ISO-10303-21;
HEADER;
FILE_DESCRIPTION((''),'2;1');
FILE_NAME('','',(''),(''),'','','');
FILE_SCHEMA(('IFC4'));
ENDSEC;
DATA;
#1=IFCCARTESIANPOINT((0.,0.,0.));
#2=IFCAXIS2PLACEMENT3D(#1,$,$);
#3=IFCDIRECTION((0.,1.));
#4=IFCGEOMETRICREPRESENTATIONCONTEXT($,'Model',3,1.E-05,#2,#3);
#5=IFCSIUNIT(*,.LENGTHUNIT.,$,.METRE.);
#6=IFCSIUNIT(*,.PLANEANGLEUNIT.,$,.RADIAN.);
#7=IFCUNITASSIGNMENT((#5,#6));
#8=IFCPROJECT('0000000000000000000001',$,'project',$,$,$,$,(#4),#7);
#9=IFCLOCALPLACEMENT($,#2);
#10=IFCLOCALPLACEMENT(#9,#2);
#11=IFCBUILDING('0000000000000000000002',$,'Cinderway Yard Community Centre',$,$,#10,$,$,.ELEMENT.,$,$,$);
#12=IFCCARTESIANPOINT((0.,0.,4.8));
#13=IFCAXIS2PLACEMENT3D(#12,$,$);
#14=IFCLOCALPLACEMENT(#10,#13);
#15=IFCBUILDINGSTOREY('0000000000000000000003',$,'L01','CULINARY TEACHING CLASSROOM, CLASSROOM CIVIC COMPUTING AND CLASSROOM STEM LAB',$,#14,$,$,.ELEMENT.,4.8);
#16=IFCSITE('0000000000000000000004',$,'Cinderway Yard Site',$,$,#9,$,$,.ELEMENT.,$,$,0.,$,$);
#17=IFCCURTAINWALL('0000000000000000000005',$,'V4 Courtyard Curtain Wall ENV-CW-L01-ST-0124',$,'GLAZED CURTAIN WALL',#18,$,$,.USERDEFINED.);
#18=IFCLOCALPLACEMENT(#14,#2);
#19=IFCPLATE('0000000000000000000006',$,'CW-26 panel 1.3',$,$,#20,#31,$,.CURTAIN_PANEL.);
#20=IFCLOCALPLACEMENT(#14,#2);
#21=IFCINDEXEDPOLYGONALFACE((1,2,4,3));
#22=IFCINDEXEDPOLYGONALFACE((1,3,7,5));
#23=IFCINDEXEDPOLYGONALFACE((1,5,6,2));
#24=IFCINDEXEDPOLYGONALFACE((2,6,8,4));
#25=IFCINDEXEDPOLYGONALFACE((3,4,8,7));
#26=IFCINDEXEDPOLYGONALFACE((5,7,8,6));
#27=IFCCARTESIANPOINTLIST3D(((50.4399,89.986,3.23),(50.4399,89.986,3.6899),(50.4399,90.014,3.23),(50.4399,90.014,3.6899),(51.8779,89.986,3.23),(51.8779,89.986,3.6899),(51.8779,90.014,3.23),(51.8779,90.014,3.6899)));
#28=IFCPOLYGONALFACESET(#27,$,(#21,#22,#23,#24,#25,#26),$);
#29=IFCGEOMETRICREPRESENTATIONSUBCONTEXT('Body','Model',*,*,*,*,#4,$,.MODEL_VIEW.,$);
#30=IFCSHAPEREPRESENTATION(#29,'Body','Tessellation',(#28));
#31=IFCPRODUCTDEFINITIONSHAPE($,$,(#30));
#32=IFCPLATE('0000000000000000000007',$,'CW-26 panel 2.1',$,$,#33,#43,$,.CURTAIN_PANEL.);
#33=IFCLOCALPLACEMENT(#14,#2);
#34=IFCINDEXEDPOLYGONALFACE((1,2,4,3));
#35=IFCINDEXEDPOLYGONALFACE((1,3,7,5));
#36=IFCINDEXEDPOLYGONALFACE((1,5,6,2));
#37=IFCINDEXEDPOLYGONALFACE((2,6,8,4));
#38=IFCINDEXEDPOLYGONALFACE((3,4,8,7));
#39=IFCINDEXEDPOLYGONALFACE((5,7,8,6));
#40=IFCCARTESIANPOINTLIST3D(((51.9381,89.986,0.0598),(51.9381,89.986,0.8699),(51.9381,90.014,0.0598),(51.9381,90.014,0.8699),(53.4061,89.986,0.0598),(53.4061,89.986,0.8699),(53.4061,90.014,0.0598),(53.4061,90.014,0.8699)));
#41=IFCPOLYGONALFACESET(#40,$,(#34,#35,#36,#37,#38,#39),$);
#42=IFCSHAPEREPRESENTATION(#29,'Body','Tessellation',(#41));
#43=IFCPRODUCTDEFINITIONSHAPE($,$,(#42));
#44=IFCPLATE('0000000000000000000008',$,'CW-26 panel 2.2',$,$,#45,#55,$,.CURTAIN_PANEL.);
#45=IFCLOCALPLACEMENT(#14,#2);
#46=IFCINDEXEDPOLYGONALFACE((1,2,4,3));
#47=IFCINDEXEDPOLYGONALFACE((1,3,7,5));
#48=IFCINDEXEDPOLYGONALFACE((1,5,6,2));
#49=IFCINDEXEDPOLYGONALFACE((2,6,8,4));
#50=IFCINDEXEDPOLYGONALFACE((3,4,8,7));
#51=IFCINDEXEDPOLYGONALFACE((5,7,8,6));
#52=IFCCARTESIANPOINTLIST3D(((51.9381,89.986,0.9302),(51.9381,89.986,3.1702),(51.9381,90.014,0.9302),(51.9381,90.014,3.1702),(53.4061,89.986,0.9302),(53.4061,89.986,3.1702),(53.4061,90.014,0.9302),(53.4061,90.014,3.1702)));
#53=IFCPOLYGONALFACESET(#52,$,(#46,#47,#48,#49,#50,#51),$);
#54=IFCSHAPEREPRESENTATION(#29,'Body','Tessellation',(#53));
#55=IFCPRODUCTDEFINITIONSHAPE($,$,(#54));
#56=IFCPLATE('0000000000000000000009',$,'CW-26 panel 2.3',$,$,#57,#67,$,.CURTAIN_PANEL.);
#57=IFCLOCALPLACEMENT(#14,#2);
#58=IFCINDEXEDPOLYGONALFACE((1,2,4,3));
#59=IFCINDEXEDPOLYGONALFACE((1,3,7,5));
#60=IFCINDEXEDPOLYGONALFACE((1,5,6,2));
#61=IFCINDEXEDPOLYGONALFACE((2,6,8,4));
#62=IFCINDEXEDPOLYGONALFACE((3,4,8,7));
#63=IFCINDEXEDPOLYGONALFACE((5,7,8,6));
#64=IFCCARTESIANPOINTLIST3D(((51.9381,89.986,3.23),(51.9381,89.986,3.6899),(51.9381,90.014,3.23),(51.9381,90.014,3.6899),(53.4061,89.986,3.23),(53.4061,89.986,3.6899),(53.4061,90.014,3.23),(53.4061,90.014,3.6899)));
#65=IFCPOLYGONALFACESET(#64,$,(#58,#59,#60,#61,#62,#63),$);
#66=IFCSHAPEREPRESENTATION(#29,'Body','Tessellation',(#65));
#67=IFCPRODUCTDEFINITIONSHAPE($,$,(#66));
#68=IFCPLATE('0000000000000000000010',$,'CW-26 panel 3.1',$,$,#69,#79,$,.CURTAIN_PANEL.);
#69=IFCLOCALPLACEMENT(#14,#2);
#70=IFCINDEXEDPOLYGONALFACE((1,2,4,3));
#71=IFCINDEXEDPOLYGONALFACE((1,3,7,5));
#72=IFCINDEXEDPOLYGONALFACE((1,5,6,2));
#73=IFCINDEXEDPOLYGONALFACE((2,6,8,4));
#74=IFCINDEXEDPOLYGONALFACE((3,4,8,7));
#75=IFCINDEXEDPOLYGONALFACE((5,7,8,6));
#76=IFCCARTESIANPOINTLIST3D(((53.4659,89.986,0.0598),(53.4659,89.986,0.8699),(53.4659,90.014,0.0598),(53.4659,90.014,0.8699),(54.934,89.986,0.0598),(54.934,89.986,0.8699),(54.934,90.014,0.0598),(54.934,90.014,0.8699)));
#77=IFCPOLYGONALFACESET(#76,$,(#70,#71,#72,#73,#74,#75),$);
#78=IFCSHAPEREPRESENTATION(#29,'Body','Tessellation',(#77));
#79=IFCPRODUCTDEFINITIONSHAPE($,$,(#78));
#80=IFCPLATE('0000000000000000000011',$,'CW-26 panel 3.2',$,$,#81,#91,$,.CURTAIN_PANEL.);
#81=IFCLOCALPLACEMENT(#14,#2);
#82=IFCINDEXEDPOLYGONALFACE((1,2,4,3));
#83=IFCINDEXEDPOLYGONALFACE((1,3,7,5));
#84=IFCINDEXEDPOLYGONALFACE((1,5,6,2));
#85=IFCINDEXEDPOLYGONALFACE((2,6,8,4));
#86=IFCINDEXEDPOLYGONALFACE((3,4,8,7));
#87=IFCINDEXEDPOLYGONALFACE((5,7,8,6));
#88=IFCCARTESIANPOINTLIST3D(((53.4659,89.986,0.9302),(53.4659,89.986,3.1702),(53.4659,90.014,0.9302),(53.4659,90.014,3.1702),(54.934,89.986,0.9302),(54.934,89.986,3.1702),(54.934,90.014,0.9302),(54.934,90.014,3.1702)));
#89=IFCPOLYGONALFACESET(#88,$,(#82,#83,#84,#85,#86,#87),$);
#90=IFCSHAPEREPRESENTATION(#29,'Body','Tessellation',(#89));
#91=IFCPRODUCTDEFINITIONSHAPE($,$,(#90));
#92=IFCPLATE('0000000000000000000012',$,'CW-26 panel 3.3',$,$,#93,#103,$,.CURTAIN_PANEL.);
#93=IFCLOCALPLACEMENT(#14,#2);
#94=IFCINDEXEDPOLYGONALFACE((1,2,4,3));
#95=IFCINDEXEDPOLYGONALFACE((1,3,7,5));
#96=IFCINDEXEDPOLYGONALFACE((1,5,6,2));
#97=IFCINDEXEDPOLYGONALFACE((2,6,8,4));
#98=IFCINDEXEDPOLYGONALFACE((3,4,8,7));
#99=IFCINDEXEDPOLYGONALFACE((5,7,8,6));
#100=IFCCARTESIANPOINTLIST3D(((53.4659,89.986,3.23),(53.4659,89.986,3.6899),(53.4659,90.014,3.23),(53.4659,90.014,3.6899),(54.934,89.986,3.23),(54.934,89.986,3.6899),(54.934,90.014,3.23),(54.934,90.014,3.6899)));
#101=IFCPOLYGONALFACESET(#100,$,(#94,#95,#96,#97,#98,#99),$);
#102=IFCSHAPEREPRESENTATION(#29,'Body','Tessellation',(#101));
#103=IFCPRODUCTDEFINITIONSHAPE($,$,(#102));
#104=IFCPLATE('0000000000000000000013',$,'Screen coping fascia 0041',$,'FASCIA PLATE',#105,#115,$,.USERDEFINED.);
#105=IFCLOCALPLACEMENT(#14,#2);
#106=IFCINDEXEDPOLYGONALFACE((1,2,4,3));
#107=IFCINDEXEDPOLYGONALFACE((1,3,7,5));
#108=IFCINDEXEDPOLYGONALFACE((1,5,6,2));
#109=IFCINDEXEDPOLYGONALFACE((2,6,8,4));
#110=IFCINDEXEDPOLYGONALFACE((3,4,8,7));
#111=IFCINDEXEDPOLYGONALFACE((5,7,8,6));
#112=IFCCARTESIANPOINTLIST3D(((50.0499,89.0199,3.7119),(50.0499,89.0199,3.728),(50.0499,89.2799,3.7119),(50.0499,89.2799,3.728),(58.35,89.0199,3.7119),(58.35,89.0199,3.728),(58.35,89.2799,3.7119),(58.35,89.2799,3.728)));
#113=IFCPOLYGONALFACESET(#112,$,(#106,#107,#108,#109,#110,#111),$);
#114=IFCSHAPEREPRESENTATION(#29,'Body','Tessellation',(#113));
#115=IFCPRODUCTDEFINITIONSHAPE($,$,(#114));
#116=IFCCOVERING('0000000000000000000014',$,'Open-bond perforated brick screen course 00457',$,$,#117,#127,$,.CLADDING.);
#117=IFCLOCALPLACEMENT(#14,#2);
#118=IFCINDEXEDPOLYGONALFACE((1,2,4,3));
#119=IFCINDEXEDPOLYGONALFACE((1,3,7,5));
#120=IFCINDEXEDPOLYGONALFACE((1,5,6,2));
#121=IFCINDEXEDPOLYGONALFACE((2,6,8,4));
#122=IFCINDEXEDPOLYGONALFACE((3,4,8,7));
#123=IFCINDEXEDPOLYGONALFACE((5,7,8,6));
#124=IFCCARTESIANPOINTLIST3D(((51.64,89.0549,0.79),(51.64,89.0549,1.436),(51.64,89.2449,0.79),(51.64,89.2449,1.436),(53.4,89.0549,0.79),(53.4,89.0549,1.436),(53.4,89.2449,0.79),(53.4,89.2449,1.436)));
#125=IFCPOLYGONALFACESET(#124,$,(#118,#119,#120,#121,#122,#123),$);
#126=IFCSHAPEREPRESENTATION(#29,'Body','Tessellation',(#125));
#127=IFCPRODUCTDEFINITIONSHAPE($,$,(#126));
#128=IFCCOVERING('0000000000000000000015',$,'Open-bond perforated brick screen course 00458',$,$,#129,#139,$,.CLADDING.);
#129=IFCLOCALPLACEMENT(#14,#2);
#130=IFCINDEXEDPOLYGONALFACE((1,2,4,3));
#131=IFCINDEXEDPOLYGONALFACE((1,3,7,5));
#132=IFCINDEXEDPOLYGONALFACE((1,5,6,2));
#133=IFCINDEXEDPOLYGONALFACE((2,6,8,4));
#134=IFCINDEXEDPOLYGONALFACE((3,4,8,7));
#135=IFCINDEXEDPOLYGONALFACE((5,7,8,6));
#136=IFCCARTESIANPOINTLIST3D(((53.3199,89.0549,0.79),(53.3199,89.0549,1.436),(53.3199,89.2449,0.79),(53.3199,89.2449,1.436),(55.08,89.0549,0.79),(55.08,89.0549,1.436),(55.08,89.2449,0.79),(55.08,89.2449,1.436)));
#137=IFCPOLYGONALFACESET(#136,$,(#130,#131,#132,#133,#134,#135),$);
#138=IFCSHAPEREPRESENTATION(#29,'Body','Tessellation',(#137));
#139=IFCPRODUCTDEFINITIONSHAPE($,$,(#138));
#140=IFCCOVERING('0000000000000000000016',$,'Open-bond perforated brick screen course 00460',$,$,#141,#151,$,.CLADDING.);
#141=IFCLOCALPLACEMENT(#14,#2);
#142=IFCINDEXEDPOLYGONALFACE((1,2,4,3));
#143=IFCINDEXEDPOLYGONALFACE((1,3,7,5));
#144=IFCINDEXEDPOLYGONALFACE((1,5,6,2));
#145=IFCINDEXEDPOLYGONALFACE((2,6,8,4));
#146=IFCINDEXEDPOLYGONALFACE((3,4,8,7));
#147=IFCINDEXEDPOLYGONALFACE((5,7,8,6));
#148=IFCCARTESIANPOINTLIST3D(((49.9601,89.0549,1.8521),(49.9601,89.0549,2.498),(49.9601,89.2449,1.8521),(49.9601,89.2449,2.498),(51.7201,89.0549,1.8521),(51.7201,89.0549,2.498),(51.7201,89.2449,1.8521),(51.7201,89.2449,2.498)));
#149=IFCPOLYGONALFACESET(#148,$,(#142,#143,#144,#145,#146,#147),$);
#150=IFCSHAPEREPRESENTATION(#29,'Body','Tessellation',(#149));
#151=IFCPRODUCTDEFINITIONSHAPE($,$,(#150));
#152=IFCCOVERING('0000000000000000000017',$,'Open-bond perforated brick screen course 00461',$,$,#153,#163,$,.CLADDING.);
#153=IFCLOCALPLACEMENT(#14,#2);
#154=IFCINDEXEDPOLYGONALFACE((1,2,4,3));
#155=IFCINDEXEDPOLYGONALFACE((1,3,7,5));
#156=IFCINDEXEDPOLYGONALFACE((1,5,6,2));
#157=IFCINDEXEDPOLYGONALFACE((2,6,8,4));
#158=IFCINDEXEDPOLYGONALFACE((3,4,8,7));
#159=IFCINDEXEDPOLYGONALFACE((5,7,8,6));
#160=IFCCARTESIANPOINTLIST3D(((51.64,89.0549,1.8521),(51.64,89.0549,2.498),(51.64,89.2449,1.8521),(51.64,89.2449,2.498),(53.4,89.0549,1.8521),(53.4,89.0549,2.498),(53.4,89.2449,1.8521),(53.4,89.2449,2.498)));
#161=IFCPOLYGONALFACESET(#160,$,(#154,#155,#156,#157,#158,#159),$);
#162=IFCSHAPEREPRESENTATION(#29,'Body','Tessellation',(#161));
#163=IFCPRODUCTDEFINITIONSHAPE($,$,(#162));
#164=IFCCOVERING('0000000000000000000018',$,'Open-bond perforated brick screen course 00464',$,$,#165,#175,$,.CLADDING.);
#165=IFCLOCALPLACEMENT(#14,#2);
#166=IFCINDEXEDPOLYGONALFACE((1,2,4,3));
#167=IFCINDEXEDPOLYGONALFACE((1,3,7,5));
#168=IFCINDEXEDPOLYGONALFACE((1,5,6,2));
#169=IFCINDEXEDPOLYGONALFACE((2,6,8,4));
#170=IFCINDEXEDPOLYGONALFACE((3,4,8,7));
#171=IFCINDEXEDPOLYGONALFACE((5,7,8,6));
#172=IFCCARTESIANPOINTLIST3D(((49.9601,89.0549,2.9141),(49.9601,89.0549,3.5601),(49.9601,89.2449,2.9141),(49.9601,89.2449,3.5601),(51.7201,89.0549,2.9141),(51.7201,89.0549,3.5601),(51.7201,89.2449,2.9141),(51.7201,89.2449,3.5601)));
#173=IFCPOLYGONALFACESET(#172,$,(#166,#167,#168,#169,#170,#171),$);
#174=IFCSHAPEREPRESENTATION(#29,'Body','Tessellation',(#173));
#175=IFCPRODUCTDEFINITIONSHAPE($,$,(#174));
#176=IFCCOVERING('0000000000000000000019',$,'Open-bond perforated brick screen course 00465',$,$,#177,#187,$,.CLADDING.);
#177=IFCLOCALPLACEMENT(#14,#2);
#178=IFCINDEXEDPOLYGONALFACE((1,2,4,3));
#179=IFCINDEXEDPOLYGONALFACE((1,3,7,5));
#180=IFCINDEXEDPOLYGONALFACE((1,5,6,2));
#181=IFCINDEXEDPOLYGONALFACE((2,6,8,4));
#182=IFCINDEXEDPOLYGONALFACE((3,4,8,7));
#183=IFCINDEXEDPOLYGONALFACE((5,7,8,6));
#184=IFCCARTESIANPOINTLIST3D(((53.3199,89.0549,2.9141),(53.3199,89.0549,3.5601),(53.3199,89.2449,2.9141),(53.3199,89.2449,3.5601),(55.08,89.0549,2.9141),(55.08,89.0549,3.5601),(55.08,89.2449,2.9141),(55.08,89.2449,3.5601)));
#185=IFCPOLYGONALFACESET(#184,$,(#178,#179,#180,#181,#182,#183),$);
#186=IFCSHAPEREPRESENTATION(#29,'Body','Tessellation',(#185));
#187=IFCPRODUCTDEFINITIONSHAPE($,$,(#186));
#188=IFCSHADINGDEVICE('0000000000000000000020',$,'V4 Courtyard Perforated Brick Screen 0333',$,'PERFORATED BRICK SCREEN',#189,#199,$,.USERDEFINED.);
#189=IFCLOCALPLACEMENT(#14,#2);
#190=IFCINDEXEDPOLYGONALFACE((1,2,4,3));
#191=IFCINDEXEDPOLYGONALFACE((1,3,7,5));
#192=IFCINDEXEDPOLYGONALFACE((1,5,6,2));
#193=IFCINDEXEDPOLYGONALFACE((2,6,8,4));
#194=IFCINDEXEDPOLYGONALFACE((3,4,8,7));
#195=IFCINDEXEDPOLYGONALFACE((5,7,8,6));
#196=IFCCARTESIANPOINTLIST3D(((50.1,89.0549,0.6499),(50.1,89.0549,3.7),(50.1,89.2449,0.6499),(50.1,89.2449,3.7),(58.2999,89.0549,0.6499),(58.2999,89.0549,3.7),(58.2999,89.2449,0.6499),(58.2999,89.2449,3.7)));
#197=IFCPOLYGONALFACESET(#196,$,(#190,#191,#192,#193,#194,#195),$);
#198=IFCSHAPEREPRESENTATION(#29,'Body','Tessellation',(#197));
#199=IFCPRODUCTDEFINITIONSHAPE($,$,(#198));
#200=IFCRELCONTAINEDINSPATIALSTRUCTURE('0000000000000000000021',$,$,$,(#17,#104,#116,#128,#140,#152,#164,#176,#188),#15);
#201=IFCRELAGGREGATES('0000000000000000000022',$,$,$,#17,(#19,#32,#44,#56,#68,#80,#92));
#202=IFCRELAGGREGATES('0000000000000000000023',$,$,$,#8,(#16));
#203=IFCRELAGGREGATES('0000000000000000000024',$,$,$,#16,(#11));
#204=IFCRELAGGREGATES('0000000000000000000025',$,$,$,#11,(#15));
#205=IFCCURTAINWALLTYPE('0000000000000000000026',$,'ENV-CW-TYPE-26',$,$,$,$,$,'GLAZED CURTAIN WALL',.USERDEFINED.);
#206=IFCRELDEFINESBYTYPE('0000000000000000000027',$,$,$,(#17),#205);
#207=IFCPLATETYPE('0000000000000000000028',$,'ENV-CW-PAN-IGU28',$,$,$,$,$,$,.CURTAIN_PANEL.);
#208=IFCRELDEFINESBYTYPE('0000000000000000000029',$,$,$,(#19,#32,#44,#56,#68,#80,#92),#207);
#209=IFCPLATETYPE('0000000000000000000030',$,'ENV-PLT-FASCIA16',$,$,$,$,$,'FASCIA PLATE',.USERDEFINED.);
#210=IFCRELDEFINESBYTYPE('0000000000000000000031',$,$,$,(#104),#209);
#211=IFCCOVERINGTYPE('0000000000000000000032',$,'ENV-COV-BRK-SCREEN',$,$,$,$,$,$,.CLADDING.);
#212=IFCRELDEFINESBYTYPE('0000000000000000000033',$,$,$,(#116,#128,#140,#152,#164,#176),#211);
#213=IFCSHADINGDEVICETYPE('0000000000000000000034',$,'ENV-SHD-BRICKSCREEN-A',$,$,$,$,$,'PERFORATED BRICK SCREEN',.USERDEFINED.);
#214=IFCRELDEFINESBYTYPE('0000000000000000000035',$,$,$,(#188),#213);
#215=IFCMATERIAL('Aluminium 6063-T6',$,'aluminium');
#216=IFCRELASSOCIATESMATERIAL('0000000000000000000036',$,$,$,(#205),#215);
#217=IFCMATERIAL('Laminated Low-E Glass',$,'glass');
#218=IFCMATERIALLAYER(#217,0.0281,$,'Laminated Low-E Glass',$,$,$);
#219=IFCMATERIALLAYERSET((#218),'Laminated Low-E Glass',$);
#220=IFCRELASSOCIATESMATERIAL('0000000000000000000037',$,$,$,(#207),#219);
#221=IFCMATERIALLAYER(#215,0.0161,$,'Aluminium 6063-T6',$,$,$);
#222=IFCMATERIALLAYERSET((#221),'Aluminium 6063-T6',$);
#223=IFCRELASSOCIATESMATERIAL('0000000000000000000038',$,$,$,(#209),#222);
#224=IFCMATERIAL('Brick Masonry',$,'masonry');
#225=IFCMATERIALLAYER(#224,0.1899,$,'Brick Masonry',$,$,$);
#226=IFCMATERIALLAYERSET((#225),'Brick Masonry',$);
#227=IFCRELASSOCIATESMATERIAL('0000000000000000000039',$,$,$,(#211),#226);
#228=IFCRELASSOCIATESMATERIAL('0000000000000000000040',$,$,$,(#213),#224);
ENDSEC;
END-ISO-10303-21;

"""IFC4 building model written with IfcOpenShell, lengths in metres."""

from ifc_helpers import new_model, si_unit, direction, frame, origin, origin_2d, place, context, subcontext, project, spatial, rectangle, extrude, material, layer, layer_set, type_object, element, aggregate, save


model = new_model("IFC4")

# Units and contexts
model_context = context("Model", 3, precision=1e-05, world=origin(), true_north=direction((0.0, 1.0)))
body_context = subcontext(model_context, "Body", "Model", "MODEL_VIEW")
ifc_project = project(units=[si_unit("LENGTHUNIT", "METRE"), si_unit("PLANEANGLEUNIT", "RADIAN")], contexts=[model_context])

# Site, building, storey
site_placement = place(None, origin())
site = spatial("IfcSite", under=ifc_project, at=site_placement, Name="Cinderway Yard Site", CompositionType="ELEMENT", RefElevation=0.0)
building_placement = place(site_placement, origin())
building = spatial("IfcBuilding", under=site, at=building_placement, Name="Cinderway Yard Community Centre", CompositionType="ELEMENT")
storey_placement = place(building_placement, frame((0.0, 0.0, 4.8)))
storey = spatial("IfcBuildingStorey", under=building, at=storey_placement, Name="L01", Description="CULINARY TEACHING CLASSROOM, CLASSROOM CIVIC COMPUTING AND CLASSROOM STEM LAB", CompositionType="ELEMENT", Elevation=4.8)

# Curtain wall
ifc_material_1 = material(Name="Aluminium 6063-T6", Category="aluminium")
curtain_wall_type = type_object("IfcCurtainWallType", Name="ENV-CW-TYPE-26", ElementType="GLAZED CURTAIN WALL", PredefinedType="USERDEFINED", material=ifc_material_1)
curtain_wall_placement = place(storey_placement, origin())
curtain_wall = element("IfcCurtainWall", 1, at=curtain_wall_placement, inside=storey, type_object=curtain_wall_type, Name="V4 Courtyard Curtain Wall ENV-CW-L01-ST-0124", ObjectType="GLAZED CURTAIN WALL", PredefinedType="USERDEFINED")

# Plates
ifc_material_2 = material(Name="Laminated Low-E Glass", Category="glass")
ifc_layer_1 = layer(ifc_material_2, 0.0281, Name="Laminated Low-E Glass")
ifc_layer_set_1 = layer_set([ifc_layer_1], Name="Laminated Low-E Glass")
plate_type_1 = type_object("IfcPlateType", Name="ENV-CW-PAN-IGU28", PredefinedType="CURTAIN_PANEL", material=ifc_layer_set_1)
plate_1_placement = place(storey_placement, frame((51.1589, 90.0, 3.23), z_axis=(0.0, 0.0, 1.0), x_axis=(1.0, 0.0, 0.0)))
plate_1 = element("IfcPlate", 2, at=plate_1_placement, type_object=plate_type_1, Name="CW-26 panel 1.3", PredefinedType="CURTAIN_PANEL", context=body_context, shape_type="SweptSolid", body=[
    extrude(rectangle(XDim=1.438, YDim=0.0281, at=origin_2d()), origin(), (0.0, 0.0, 1.0), 0.46),
])
plate_2_placement = place(storey_placement, frame((52.6721, 90.0, 0.0598), z_axis=(0.0, 0.0, 1.0), x_axis=(1.0, 0.0, 0.0)))
plate_2 = element("IfcPlate", 3, at=plate_2_placement, type_object=plate_type_1, Name="CW-26 panel 2.1", PredefinedType="CURTAIN_PANEL", context=body_context, shape_type="SweptSolid", body=[
    extrude(rectangle(XDim=1.468, YDim=0.0281, at=origin_2d()), origin(), (0.0, 0.0, 1.0), 0.8101),
])
plate_3_placement = place(storey_placement, frame((52.6721, 90.0, 0.9302), z_axis=(0.0, 0.0, 1.0), x_axis=(1.0, 0.0, 0.0)))
plate_3 = element("IfcPlate", 4, at=plate_3_placement, type_object=plate_type_1, Name="CW-26 panel 2.2", PredefinedType="CURTAIN_PANEL", context=body_context, shape_type="SweptSolid", body=[
    extrude(rectangle(XDim=1.468, YDim=0.0281, at=origin_2d()), origin(), (0.0, 0.0, 1.0), 2.24),
])
plate_4_placement = place(storey_placement, frame((52.6721, 90.0, 3.23), z_axis=(0.0, 0.0, 1.0), x_axis=(1.0, 0.0, 0.0)))
plate_4 = element("IfcPlate", 5, at=plate_4_placement, type_object=plate_type_1, Name="CW-26 panel 2.3", PredefinedType="CURTAIN_PANEL", context=body_context, shape_type="SweptSolid", body=[
    extrude(rectangle(XDim=1.468, YDim=0.0281, at=origin_2d()), origin(), (0.0, 0.0, 1.0), 0.46),
])
plate_5_placement = place(storey_placement, frame((54.2, 90.0, 0.0598), z_axis=(0.0, 0.0, 1.0), x_axis=(1.0, 0.0, 0.0)))
plate_5 = element("IfcPlate", 6, at=plate_5_placement, type_object=plate_type_1, Name="CW-26 panel 3.1", PredefinedType="CURTAIN_PANEL", context=body_context, shape_type="SweptSolid", body=[
    extrude(rectangle(XDim=1.468, YDim=0.0281, at=origin_2d()), origin(), (0.0, 0.0, 1.0), 0.8101),
])
plate_6_placement = place(storey_placement, frame((54.2, 90.0, 0.9302), z_axis=(0.0, 0.0, 1.0), x_axis=(1.0, 0.0, 0.0)))
plate_6 = element("IfcPlate", 7, at=plate_6_placement, type_object=plate_type_1, Name="CW-26 panel 3.2", PredefinedType="CURTAIN_PANEL", context=body_context, shape_type="SweptSolid", body=[
    extrude(rectangle(XDim=1.468, YDim=0.0281, at=origin_2d()), origin(), (0.0, 0.0, 1.0), 2.24),
])
plate_7_placement = place(storey_placement, frame((54.2, 90.0, 3.23), z_axis=(0.0, 0.0, 1.0), x_axis=(1.0, 0.0, 0.0)))
plate_7 = element("IfcPlate", 8, at=plate_7_placement, type_object=plate_type_1, Name="CW-26 panel 3.3", PredefinedType="CURTAIN_PANEL", context=body_context, shape_type="SweptSolid", body=[
    extrude(rectangle(XDim=1.468, YDim=0.0281, at=origin_2d()), origin(), (0.0, 0.0, 1.0), 0.46),
])
aggregate(curtain_wall, [plate_1, plate_2, plate_3, plate_4, plate_5, plate_6, plate_7])
ifc_layer_2 = layer(ifc_material_1, 0.0161, Name="Aluminium 6063-T6")
ifc_layer_set_2 = layer_set([ifc_layer_2], Name="Aluminium 6063-T6")
plate_type_2 = type_object("IfcPlateType", Name="ENV-PLT-FASCIA16", ElementType="FASCIA PLATE", PredefinedType="USERDEFINED", material=ifc_layer_set_2)
plate_8_placement = place(storey_placement, frame((54.2, 89.1499, 3.7119), z_axis=(0.0, 0.0, 1.0), x_axis=(-1.0, 0.0, 0.0)))
element("IfcPlate", 9, at=plate_8_placement, inside=storey, type_object=plate_type_2, Name="Screen coping fascia 0041", ObjectType="FASCIA PLATE", PredefinedType="USERDEFINED", context=body_context, shape_type="SweptSolid", body=[
    extrude(rectangle(XDim=8.3, YDim=0.26, at=origin_2d()), origin(), (0.0, 0.0, 1.0), 0.0161),
])

# Coverings
ifc_material_3 = material(Name="Brick Masonry", Category="masonry")
ifc_layer_3 = layer(ifc_material_3, 0.1899, Name="Brick Masonry")
ifc_layer_set_3 = layer_set([ifc_layer_3], Name="Brick Masonry")
covering_type = type_object("IfcCoveringType", Name="ENV-COV-BRK-SCREEN", PredefinedType="CLADDING", material=ifc_layer_set_3)
for number, where, z_axis, x_axis, name in (
    (10, (52.52, 89.1499, 0.79), (0.0, 0.0, 1.0), (-1.0, 0.0, 0.0), "Open-bond perforated brick screen course 00457"),
    (11, (54.2, 89.1499, 0.79), (0.0, 0.0, 1.0), (-1.0, 0.0, 0.0), "Open-bond perforated brick screen course 00458"),
    (12, (50.8401, 89.1499, 1.8521), (0.0, 0.0, 1.0), (-1.0, 0.0, 0.0), "Open-bond perforated brick screen course 00460"),
    (13, (52.52, 89.1499, 1.8521), (0.0, 0.0, 1.0), (-1.0, 0.0, 0.0), "Open-bond perforated brick screen course 00461"),
    (14, (50.8401, 89.1499, 2.9141), (0.0, 0.0, 1.0), (-1.0, 0.0, 0.0), "Open-bond perforated brick screen course 00464"),
    (15, (54.2, 89.1499, 2.9141), (0.0, 0.0, 1.0), (-1.0, 0.0, 0.0), "Open-bond perforated brick screen course 00465"),
):
    element("IfcCovering", number, at=place(storey_placement, frame(where, z_axis=z_axis, x_axis=x_axis)), inside=storey, type_object=covering_type, Name=name, PredefinedType="CLADDING", context=body_context, shape_type="SweptSolid", body=[
        extrude(rectangle(XDim=1.76, YDim=0.1899, at=origin_2d()), origin(), (0.0, 0.0, 1.0), 0.646),
    ])

# Shading device
shading_device_type = type_object("IfcShadingDeviceType", Name="ENV-SHD-BRICKSCREEN-A", ElementType="PERFORATED BRICK SCREEN", PredefinedType="USERDEFINED", material=ifc_material_3)
shading_device_placement = place(storey_placement, frame((54.2, 89.1499, 0.6499), z_axis=(0.0, 0.0, 1.0), x_axis=(-1.0, 0.0, 0.0)))
element("IfcShadingDevice", 16, at=shading_device_placement, inside=storey, type_object=shading_device_type, Name="V4 Courtyard Perforated Brick Screen 0333", ObjectType="PERFORATED BRICK SCREEN", PredefinedType="USERDEFINED", context=body_context, shape_type="SweptSolid", body=[
    extrude(rectangle(XDim=8.2, YDim=0.1899, at=origin_2d()), origin(), (0.0, 0.0, 1.0), 3.05),
])

save(model, "model.ifc")
